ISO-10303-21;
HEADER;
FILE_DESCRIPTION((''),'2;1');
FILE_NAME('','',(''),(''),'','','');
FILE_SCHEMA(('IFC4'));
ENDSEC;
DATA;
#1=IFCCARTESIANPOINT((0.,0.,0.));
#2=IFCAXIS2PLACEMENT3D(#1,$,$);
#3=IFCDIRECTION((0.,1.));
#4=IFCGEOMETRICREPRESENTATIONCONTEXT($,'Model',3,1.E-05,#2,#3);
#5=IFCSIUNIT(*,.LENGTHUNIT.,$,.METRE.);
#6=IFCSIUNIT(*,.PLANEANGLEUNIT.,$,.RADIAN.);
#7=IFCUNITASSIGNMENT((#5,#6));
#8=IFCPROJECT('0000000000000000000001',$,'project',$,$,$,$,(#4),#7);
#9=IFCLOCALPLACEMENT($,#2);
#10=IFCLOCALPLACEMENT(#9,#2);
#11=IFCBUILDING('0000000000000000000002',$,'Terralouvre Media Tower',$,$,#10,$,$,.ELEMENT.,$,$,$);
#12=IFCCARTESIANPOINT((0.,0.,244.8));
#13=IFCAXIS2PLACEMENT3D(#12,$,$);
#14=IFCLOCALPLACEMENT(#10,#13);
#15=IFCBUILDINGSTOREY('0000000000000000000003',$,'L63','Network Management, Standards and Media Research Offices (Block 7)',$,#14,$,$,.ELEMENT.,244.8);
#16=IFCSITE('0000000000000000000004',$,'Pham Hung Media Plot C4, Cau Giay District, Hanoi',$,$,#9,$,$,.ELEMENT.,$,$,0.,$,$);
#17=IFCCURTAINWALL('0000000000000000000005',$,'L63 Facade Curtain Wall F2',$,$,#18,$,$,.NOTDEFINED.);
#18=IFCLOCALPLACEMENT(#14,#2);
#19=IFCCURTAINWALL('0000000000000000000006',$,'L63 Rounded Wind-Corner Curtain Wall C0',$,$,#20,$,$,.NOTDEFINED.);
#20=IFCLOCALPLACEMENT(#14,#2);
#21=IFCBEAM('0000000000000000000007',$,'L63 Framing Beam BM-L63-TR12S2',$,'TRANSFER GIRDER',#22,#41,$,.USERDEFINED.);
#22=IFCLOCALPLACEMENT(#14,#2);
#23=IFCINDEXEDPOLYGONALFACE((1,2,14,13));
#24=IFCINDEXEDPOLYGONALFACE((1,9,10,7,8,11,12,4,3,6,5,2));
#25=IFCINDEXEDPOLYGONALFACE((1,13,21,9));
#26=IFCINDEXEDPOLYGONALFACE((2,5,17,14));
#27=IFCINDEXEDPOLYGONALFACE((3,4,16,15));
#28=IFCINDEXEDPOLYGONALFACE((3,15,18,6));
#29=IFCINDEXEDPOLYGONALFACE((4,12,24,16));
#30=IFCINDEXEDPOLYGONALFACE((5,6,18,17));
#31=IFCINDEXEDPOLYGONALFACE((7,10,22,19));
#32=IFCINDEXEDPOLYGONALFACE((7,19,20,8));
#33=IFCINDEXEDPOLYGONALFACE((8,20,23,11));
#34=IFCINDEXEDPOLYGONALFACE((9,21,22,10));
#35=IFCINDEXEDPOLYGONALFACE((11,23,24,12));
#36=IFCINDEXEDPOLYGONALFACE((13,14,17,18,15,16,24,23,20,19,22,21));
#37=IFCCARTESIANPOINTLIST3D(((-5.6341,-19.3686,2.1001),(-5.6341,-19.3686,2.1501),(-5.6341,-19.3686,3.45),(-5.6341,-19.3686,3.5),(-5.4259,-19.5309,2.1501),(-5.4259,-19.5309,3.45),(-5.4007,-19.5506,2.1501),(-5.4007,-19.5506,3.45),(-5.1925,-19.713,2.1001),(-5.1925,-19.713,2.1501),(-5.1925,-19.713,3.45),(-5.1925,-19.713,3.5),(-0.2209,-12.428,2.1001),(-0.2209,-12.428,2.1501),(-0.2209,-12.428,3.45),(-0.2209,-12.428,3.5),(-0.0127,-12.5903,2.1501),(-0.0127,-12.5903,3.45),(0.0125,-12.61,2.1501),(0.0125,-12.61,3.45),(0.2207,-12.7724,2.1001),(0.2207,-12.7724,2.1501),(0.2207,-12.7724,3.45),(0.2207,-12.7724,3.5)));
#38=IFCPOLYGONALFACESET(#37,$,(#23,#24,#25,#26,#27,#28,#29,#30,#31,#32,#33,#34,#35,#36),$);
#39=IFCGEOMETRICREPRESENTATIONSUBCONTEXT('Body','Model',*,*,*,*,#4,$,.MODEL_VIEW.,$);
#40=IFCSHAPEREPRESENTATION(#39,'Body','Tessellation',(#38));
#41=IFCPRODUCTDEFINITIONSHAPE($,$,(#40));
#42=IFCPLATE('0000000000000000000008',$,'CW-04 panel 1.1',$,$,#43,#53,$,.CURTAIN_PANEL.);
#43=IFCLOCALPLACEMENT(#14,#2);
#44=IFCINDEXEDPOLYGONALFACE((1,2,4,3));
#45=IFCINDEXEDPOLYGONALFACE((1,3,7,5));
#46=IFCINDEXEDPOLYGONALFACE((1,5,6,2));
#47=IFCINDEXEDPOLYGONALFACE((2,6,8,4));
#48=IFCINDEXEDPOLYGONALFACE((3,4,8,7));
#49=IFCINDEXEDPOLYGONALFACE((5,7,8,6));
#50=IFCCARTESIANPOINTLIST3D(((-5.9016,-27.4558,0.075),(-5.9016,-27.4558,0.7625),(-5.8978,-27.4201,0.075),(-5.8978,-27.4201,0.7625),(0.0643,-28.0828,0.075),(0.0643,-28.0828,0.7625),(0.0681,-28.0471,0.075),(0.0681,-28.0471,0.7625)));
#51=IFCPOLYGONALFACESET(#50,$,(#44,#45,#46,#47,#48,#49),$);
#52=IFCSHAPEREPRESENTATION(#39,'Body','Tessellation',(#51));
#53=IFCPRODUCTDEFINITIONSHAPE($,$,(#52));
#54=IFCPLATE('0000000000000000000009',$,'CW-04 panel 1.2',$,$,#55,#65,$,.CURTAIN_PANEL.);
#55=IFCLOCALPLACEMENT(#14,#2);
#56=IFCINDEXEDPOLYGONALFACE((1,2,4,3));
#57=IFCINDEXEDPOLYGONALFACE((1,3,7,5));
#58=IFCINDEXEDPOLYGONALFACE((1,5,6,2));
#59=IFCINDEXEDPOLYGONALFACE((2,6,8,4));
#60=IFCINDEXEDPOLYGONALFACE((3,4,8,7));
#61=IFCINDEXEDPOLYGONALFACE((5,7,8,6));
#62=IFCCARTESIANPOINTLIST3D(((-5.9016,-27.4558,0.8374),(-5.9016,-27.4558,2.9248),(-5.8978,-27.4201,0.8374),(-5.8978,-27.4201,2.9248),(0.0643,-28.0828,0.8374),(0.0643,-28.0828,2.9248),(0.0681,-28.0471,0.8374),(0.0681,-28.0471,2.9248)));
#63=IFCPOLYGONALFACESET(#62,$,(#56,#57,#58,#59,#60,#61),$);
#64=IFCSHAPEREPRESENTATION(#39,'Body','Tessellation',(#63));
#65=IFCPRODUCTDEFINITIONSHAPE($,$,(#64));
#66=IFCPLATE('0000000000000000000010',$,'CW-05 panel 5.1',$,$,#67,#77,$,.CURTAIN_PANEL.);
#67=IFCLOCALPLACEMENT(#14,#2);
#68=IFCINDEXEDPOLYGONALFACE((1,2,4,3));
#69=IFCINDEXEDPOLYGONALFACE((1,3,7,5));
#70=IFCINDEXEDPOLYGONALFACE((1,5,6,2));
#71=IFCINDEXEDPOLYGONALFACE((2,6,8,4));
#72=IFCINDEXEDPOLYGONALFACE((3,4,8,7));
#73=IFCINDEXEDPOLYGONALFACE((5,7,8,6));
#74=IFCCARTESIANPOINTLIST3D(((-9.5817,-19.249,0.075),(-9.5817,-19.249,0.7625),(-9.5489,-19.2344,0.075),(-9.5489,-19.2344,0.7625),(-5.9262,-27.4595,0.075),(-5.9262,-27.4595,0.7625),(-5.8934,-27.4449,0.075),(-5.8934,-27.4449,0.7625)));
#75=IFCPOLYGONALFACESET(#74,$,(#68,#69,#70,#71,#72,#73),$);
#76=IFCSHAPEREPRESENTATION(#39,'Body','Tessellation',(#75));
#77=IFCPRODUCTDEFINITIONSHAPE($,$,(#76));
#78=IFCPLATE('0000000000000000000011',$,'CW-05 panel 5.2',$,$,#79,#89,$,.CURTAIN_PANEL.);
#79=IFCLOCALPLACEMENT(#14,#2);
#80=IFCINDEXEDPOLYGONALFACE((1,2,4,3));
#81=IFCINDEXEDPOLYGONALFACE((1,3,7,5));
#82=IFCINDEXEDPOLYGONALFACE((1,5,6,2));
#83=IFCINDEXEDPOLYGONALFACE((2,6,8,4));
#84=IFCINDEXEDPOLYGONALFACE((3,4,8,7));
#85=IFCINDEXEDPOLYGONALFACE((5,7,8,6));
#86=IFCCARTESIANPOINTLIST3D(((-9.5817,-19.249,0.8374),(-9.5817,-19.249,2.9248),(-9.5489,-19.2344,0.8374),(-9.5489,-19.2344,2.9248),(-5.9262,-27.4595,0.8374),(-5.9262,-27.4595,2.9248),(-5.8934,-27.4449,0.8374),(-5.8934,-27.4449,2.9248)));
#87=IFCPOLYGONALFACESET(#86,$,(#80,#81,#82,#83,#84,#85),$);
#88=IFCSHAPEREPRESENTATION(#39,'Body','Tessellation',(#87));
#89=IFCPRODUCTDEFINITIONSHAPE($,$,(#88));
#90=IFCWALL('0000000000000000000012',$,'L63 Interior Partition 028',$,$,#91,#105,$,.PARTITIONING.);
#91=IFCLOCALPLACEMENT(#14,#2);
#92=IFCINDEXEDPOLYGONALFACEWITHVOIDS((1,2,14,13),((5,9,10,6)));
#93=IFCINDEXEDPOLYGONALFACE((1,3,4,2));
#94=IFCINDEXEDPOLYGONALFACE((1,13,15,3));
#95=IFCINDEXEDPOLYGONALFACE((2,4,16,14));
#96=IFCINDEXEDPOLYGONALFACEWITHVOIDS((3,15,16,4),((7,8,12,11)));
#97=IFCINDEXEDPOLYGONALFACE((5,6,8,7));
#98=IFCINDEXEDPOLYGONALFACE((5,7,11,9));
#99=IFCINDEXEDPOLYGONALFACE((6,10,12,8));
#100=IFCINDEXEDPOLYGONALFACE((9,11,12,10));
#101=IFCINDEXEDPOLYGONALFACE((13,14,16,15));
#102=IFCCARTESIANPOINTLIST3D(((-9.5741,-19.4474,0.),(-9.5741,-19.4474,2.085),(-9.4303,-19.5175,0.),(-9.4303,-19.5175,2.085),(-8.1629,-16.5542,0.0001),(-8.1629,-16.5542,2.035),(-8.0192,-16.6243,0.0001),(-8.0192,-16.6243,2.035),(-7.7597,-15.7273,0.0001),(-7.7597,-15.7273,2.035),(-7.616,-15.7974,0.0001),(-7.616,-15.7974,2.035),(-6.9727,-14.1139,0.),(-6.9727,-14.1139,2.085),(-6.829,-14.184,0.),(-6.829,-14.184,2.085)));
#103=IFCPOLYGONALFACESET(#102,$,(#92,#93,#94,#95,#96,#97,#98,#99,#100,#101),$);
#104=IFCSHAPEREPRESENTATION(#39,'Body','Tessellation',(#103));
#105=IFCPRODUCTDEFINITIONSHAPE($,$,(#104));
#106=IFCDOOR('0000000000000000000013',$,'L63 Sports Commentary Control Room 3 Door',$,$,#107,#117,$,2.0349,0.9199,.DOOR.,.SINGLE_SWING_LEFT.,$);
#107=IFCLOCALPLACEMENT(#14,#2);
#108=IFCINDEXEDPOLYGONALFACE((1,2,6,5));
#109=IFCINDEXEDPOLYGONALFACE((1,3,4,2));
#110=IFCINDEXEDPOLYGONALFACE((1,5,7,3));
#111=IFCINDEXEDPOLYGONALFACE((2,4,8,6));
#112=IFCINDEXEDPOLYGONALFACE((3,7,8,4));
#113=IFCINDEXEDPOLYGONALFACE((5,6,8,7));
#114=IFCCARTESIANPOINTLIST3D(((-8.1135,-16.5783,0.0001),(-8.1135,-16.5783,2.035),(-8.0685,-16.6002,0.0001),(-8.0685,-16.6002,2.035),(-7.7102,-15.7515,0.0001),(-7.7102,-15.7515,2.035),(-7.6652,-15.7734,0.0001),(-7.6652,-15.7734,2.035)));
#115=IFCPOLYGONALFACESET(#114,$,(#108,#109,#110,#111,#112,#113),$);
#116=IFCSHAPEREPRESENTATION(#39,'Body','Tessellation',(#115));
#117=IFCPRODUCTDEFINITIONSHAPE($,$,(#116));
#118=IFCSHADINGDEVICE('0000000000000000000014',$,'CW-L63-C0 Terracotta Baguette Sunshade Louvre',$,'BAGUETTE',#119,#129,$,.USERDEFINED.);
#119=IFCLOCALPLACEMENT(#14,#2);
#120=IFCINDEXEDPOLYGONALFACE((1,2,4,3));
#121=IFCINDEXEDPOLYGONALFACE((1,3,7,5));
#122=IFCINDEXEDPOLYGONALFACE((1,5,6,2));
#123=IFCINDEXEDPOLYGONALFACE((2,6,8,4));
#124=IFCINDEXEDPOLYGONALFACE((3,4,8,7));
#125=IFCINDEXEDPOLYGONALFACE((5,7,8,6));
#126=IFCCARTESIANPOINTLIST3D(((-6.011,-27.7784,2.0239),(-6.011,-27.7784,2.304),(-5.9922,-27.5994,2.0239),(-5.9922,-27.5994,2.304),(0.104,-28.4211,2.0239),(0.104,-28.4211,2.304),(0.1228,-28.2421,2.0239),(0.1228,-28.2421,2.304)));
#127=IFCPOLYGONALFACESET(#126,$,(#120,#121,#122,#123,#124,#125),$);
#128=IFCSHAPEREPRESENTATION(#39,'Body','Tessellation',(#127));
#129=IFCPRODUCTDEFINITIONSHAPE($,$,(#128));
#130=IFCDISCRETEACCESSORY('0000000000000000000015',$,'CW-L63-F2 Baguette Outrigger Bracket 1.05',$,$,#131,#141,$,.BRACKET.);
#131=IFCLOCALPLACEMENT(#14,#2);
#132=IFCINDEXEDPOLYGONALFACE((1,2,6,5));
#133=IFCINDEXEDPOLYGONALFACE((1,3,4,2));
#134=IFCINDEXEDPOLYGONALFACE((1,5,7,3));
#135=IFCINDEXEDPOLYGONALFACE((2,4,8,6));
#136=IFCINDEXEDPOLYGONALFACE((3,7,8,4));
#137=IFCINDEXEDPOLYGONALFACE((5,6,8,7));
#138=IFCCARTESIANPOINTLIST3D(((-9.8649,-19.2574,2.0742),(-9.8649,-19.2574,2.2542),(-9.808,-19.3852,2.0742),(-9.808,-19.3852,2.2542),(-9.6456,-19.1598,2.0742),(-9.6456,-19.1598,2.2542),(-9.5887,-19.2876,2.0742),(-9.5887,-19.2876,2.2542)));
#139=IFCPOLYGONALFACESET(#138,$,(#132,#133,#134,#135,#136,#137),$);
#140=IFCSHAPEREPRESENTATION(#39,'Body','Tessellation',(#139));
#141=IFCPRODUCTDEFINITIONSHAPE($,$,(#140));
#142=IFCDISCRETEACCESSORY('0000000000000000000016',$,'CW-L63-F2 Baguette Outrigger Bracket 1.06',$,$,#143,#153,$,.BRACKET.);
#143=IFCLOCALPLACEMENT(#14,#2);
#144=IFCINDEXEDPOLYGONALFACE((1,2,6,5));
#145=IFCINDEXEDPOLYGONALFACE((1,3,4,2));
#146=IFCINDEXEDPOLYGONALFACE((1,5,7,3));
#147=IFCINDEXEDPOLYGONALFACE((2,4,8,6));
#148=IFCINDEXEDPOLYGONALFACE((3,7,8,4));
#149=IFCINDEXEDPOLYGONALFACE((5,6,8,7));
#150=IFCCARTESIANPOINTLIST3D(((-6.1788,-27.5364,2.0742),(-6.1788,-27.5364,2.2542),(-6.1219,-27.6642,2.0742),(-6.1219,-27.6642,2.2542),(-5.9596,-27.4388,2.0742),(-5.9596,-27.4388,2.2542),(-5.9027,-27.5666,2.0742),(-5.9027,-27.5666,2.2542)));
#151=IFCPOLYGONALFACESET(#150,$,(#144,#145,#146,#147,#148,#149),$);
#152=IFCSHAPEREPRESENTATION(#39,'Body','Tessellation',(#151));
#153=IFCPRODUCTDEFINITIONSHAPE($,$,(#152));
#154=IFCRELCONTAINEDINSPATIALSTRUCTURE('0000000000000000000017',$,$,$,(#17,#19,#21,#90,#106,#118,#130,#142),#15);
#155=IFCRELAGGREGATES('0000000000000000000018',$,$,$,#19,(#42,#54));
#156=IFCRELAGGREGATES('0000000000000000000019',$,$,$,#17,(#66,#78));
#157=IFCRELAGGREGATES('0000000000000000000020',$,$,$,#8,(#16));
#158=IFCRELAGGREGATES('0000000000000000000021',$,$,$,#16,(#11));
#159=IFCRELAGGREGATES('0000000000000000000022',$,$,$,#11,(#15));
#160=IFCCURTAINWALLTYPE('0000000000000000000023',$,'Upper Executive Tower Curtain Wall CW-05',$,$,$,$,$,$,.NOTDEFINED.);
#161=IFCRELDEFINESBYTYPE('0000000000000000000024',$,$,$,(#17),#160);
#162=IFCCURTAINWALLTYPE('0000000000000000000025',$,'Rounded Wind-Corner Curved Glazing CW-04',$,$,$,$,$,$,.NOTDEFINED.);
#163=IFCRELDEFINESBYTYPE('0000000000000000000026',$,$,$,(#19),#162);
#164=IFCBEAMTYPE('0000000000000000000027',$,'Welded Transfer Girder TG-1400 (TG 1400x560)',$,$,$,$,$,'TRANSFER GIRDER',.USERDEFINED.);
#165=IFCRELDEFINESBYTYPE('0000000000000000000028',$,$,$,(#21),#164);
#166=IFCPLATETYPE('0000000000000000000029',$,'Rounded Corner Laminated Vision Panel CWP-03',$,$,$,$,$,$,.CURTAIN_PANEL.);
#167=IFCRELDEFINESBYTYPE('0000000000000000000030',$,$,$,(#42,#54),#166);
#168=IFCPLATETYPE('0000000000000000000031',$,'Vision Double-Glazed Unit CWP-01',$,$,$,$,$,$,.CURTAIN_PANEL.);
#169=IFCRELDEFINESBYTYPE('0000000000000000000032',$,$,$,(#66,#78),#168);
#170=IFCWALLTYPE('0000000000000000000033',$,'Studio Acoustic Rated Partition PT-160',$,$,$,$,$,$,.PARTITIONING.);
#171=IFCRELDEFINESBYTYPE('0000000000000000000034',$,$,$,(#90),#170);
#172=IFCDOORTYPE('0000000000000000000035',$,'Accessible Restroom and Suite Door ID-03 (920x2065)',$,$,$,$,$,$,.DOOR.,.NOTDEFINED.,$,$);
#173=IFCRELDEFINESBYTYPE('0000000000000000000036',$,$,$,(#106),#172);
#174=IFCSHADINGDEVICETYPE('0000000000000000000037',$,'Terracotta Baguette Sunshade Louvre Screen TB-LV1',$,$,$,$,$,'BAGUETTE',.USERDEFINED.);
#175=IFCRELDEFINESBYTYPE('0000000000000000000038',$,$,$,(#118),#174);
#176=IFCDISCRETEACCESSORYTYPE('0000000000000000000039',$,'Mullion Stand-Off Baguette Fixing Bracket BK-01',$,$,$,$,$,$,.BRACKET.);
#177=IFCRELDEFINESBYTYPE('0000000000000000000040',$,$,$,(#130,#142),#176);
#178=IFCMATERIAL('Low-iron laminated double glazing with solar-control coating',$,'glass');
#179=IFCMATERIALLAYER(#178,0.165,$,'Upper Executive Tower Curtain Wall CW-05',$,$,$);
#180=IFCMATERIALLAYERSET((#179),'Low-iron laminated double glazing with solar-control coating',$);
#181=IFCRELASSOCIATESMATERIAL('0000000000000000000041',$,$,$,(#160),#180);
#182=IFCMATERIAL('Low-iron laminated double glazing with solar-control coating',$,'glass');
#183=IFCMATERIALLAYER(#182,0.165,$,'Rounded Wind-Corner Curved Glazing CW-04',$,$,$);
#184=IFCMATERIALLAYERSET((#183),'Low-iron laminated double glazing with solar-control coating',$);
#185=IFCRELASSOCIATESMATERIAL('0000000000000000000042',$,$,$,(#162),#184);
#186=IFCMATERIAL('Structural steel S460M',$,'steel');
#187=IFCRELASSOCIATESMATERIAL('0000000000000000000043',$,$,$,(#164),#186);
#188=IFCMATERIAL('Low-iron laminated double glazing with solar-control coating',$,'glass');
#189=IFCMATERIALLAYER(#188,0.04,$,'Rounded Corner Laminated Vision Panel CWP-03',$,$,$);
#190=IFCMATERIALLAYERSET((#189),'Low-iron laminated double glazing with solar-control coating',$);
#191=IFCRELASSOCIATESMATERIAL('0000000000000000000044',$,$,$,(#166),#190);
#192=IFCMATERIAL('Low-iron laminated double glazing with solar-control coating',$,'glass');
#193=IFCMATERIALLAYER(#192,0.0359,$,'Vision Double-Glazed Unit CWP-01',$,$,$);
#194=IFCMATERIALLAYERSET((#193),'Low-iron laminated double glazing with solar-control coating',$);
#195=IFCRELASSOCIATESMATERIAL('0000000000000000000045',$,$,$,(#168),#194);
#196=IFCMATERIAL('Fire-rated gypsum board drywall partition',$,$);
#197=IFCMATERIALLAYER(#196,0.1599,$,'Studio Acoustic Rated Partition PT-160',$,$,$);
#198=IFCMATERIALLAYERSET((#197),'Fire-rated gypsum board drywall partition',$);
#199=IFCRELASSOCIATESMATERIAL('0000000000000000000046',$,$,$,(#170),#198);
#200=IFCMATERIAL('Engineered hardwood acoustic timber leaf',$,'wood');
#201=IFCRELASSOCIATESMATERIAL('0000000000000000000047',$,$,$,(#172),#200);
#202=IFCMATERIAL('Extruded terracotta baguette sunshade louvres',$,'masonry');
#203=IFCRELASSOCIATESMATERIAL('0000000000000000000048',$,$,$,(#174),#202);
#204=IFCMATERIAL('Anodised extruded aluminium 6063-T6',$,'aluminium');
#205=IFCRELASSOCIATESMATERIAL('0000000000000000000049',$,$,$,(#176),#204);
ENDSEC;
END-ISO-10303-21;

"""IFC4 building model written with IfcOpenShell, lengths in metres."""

from ifc_helpers import new_model, si_unit, direction, frame, frame_2d, origin, origin_2d, place, context, subcontext, project, spatial, rectangle, i_section, extrude, material, layer, layer_set, material_profile, profile_set, type_object, element, fill, aggregate, save


model = new_model("IFC4")

# Units and contexts
model_context = context("Model", 3, precision=1e-05, world=origin(), true_north=direction((0.0, 1.0)))
body_context = subcontext(model_context, "Body", "Model", "MODEL_VIEW")
ifc_project = project(units=[si_unit("LENGTHUNIT", "METRE"), si_unit("PLANEANGLEUNIT", "RADIAN")], contexts=[model_context])

# Site, building, storey
site_placement = place(None, origin())
site = spatial("IfcSite", under=ifc_project, at=site_placement, Name="Pham Hung Media Plot C4, Cau Giay District, Hanoi", CompositionType="ELEMENT", RefElevation=0.0)
building_placement = place(site_placement, origin())
building = spatial("IfcBuilding", under=site, at=building_placement, Name="Terralouvre Media Tower", CompositionType="ELEMENT")
storey_placement = place(building_placement, frame((0.0, 0.0, 244.8)))
storey = spatial("IfcBuildingStorey", under=building, at=storey_placement, Name="L63", Description="Network Management, Standards and Media Research Offices (Block 7)", CompositionType="ELEMENT", Elevation=244.8)

# Curtain walls
ifc_material_1 = material(Name="Low-iron laminated double glazing with solar-control coating", Category="glass")
ifc_layer_1 = layer(ifc_material_1, 0.165, Name="Upper Executive Tower Curtain Wall CW-05")
ifc_layer_set_1 = layer_set([ifc_layer_1], Name="Low-iron laminated double glazing with solar-control coating")
curtain_wall_type_1 = type_object("IfcCurtainWallType", Name="Upper Executive Tower Curtain Wall CW-05", PredefinedType="NOTDEFINED", material=ifc_layer_set_1)
curtain_wall_1_placement = place(storey_placement, origin())
curtain_wall_1 = element("IfcCurtainWall", 1, at=curtain_wall_1_placement, inside=storey, type_object=curtain_wall_type_1, Name="L63 Facade Curtain Wall F2", PredefinedType="NOTDEFINED")
ifc_material_2 = material(Name="Low-iron laminated double glazing with solar-control coating", Category="glass")
ifc_layer_2 = layer(ifc_material_2, 0.165, Name="Rounded Wind-Corner Curved Glazing CW-04")
ifc_layer_set_2 = layer_set([ifc_layer_2], Name="Low-iron laminated double glazing with solar-control coating")
curtain_wall_type_2 = type_object("IfcCurtainWallType", Name="Rounded Wind-Corner Curved Glazing CW-04", PredefinedType="NOTDEFINED", material=ifc_layer_set_2)
curtain_wall_2_placement = place(storey_placement, origin())
curtain_wall_2 = element("IfcCurtainWall", 2, at=curtain_wall_2_placement, inside=storey, type_object=curtain_wall_type_2, Name="L63 Rounded Wind-Corner Curtain Wall C0", PredefinedType="NOTDEFINED")

# Beam
ifc_material_3 = material(Name="Structural steel S460M", Category="steel")
ifc_material_profile_1 = material_profile(ifc_material_3, i_section(OverallWidth=0.5601, OverallDepth=1.3999, WebThickness=0.032, FlangeThickness=0.05, at=origin_2d()), Name="TG 1400x560")
ifc_profile_set_1 = profile_set([ifc_material_profile_1], Name="Structural steel S460M")
beam_type = type_object("IfcBeamType", Name="Welded Transfer Girder TG-1400 (TG 1400x560)", ElementType="TRANSFER GIRDER", PredefinedType="USERDEFINED", material=ifc_profile_set_1)
beam_1_placement = place(storey_placement, frame((-5.4133, -19.5408, 2.8), z_axis=(0.615004, 0.788524, 0.0), x_axis=(-0.788524, 0.615004, 0.0)))
element("IfcBeam", 3, at=beam_1_placement, inside=storey, type_object=beam_type, Name="L63 Framing Beam BM-L63-TR12S2", ObjectType="TRANSFER GIRDER", PredefinedType="USERDEFINED", context=body_context, shape_type="SweptSolid", body=[
    extrude(i_section(OverallWidth=0.5601, OverallDepth=1.3999, WebThickness=0.032, FlangeThickness=0.05, at=origin_2d()), origin(), (0.0, 0.0, 1.0), 8.802),
])

# Plates
ifc_material_4 = material(Name="Low-iron laminated double glazing with solar-control coating", Category="glass")
ifc_layer_3 = layer(ifc_material_4, 0.04, Name="Rounded Corner Laminated Vision Panel CWP-03")
ifc_layer_set_3 = layer_set([ifc_layer_3], Name="Low-iron laminated double glazing with solar-control coating")
plate_type_1 = type_object("IfcPlateType", Name="Rounded Corner Laminated Vision Panel CWP-03", PredefinedType="CURTAIN_PANEL", material=ifc_layer_set_3)
plate_1_placement = place(storey_placement, frame((-2.9167, -27.7515, 0.075), z_axis=(0.0, 0.0, 1.0), x_axis=(0.994522, -0.104528, 0.0)))
plate_1 = element("IfcPlate", 4, at=plate_1_placement, type_object=plate_type_1, Name="CW-04 panel 1.1", PredefinedType="CURTAIN_PANEL", context=body_context, shape_type="SweptSolid", body=[
    extrude(rectangle(XDim=5.9988, YDim=0.0359, at=origin_2d()), origin(), (0.0, 0.0, 1.0), 0.6875),
])
plate_2_placement = place(storey_placement, frame((-2.9167, -27.7515, 0.8374), z_axis=(0.0, 0.0, 1.0), x_axis=(0.994522, -0.104528, 0.0)))
plate_2 = element("IfcPlate", 5, at=plate_2_placement, type_object=plate_type_1, Name="CW-04 panel 1.2", PredefinedType="CURTAIN_PANEL", context=body_context, shape_type="SweptSolid", body=[
    extrude(rectangle(XDim=5.9988, YDim=0.0359, at=origin_2d()), origin(), (0.0, 0.0, 1.0), 2.0874),
])
aggregate(curtain_wall_2, [plate_1, plate_2])
ifc_material_5 = material(Name="Low-iron laminated double glazing with solar-control coating", Category="glass")
ifc_layer_4 = layer(ifc_material_5, 0.0359, Name="Vision Double-Glazed Unit CWP-01")
ifc_layer_set_4 = layer_set([ifc_layer_4], Name="Low-iron laminated double glazing with solar-control coating")
plate_type_2 = type_object("IfcPlateType", Name="Vision Double-Glazed Unit CWP-01", PredefinedType="CURTAIN_PANEL", material=ifc_layer_set_4)
plate_3_placement = place(storey_placement, frame((-7.7375, -23.3469, 0.075), z_axis=(0.0, 0.0, 1.0), x_axis=(0.406737, -0.913545, 0.0)))
plate_3 = element("IfcPlate", 6, at=plate_3_placement, type_object=plate_type_2, Name="CW-05 panel 5.1", PredefinedType="CURTAIN_PANEL", context=body_context, shape_type="SweptSolid", body=[
    extrude(rectangle(XDim=8.9875, YDim=0.0359, at=origin_2d()), origin(), (0.0, 0.0, 1.0), 0.6875),
])
plate_4_placement = place(storey_placement, frame((-7.7375, -23.3469, 0.8374), z_axis=(0.0, 0.0, 1.0), x_axis=(0.406737, -0.913545, 0.0)))
plate_4 = element("IfcPlate", 7, at=plate_4_placement, type_object=plate_type_2, Name="CW-05 panel 5.2", PredefinedType="CURTAIN_PANEL", context=body_context, shape_type="SweptSolid", body=[
    extrude(rectangle(XDim=8.9875, YDim=0.0359, at=origin_2d()), origin(), (0.0, 0.0, 1.0), 2.0874),
])
aggregate(curtain_wall_1, [plate_3, plate_4])

# Wall, opening, door
ifc_material_6 = material(Name="Fire-rated gypsum board drywall partition")
ifc_layer_5 = layer(ifc_material_6, 0.1599, Name="Studio Acoustic Rated Partition PT-160")
ifc_layer_set_5 = layer_set([ifc_layer_5], Name="Fire-rated gypsum board drywall partition")
wall_type = type_object("IfcWallType", Name="Studio Acoustic Rated Partition PT-160", PredefinedType="PARTITIONING", material=ifc_layer_set_5)
wall_placement = place(storey_placement, frame((-9.5022, -19.4824, 0.0), z_axis=(0.0, 0.0, 1.0), x_axis=(0.438371, 0.898794, 0.0)))
wall = element("IfcWall", 8, at=wall_placement, inside=storey, type_object=wall_type, Name="L63 Interior Partition 028", PredefinedType="PARTITIONING", context=body_context, shape_type="SweptSolid", body=[
    extrude(rectangle(XDim=5.9341, YDim=0.1599, at=frame_2d((2.967, 0.0))), origin(), (0.0, 0.0, 1.0), 2.085),
])
opening_placement = place(wall_placement, frame((3.219, 0.0, 0.0)))
opening = element("IfcOpeningElement", 9, at=opening_placement, cuts=wall, PredefinedType="OPENING", context=body_context, shape_type="SweptSolid", body=[
    extrude(rectangle(XDim=0.9199, YDim=2.0349, at=frame_2d((0.46, 1.0176))), frame((0.0, 0.0898, 0.0), z_axis=(0.0, -1.0, 0.0), x_axis=(1.0, 0.0, 0.0)), (0.0, 0.0, 1.0), 0.1799),
])
ifc_material_7 = material(Name="Engineered hardwood acoustic timber leaf", Category="wood")
door_type = type_object("IfcDoorType", Name="Accessible Restroom and Suite Door ID-03 (920x2065)", OperationType="NOTDEFINED", PredefinedType="DOOR", material=ifc_material_7)
door_placement = place(opening_placement, origin())
door = element("IfcDoor", 10, at=door_placement, inside=storey, type_object=door_type, Name="L63 Sports Commentary Control Room 3 Door", OperationType="SINGLE_SWING_LEFT", OverallHeight=2.0349, OverallWidth=0.9199, PredefinedType="DOOR", context=body_context, shape_type="SweptSolid", body=[
    extrude(rectangle(XDim=0.9199, YDim=2.0349, at=frame_2d((0.46, 1.0176))), frame((0.0, 0.0249, 0.0), z_axis=(0.0, -1.0, 0.0), x_axis=(1.0, 0.0, 0.0)), (0.0, 0.0, 1.0), 0.05),
])
fill(opening, door)

# Shading device
ifc_material_8 = material(Name="Extruded terracotta baguette sunshade louvres", Category="masonry")
shading_device_type = type_object("IfcShadingDeviceType", Name="Terracotta Baguette Sunshade Louvre Screen TB-LV1", ElementType="BAGUETTE", PredefinedType="USERDEFINED", material=ifc_material_8)
shading_device_placement = place(storey_placement, frame((-2.9441, -28.0103, 2.0239), z_axis=(0.0, 0.0, 1.0), x_axis=(0.994522, -0.104528, 0.0)))
element("IfcShadingDevice", 11, at=shading_device_placement, inside=storey, type_object=shading_device_type, Name="CW-L63-C0 Terracotta Baguette Sunshade Louvre", ObjectType="BAGUETTE", PredefinedType="USERDEFINED", context=body_context, shape_type="SweptSolid", body=[
    extrude(rectangle(XDim=6.1487, YDim=0.1799, at=origin_2d()), origin(), (0.0, 0.0, 1.0), 0.28),
])

# Discrete accessories
ifc_material_9 = material(Name="Anodised extruded aluminium 6063-T6", Category="aluminium")
discrete_accessory_type = type_object("IfcDiscreteAccessoryType", Name="Mullion Stand-Off Baguette Fixing Bracket BK-01", PredefinedType="BRACKET", material=ifc_material_9)
for number, where, z_axis, x_axis, name in (
    (12, (-9.7268, -19.2725, 2.0742), (0.0, 0.0, 1.0), (0.406737, -0.913545, 0.0), "CW-L63-F2 Baguette Outrigger Bracket 1.05"),
    (13, (-6.0408, -27.5515, 2.0742), (0.0, 0.0, 1.0), (0.406737, -0.913545, 0.0), "CW-L63-F2 Baguette Outrigger Bracket 1.06"),
):
    element("IfcDiscreteAccessory", number, at=place(storey_placement, frame(where, z_axis=z_axis, x_axis=x_axis)), inside=storey, type_object=discrete_accessory_type, Name=name, PredefinedType="BRACKET", context=body_context, shape_type="SweptSolid", body=[
        extrude(rectangle(XDim=0.1399, YDim=0.24, at=origin_2d()), origin(), (0.0, 0.0, 1.0), 0.1799),
    ])

save(model, "model.ifc")
